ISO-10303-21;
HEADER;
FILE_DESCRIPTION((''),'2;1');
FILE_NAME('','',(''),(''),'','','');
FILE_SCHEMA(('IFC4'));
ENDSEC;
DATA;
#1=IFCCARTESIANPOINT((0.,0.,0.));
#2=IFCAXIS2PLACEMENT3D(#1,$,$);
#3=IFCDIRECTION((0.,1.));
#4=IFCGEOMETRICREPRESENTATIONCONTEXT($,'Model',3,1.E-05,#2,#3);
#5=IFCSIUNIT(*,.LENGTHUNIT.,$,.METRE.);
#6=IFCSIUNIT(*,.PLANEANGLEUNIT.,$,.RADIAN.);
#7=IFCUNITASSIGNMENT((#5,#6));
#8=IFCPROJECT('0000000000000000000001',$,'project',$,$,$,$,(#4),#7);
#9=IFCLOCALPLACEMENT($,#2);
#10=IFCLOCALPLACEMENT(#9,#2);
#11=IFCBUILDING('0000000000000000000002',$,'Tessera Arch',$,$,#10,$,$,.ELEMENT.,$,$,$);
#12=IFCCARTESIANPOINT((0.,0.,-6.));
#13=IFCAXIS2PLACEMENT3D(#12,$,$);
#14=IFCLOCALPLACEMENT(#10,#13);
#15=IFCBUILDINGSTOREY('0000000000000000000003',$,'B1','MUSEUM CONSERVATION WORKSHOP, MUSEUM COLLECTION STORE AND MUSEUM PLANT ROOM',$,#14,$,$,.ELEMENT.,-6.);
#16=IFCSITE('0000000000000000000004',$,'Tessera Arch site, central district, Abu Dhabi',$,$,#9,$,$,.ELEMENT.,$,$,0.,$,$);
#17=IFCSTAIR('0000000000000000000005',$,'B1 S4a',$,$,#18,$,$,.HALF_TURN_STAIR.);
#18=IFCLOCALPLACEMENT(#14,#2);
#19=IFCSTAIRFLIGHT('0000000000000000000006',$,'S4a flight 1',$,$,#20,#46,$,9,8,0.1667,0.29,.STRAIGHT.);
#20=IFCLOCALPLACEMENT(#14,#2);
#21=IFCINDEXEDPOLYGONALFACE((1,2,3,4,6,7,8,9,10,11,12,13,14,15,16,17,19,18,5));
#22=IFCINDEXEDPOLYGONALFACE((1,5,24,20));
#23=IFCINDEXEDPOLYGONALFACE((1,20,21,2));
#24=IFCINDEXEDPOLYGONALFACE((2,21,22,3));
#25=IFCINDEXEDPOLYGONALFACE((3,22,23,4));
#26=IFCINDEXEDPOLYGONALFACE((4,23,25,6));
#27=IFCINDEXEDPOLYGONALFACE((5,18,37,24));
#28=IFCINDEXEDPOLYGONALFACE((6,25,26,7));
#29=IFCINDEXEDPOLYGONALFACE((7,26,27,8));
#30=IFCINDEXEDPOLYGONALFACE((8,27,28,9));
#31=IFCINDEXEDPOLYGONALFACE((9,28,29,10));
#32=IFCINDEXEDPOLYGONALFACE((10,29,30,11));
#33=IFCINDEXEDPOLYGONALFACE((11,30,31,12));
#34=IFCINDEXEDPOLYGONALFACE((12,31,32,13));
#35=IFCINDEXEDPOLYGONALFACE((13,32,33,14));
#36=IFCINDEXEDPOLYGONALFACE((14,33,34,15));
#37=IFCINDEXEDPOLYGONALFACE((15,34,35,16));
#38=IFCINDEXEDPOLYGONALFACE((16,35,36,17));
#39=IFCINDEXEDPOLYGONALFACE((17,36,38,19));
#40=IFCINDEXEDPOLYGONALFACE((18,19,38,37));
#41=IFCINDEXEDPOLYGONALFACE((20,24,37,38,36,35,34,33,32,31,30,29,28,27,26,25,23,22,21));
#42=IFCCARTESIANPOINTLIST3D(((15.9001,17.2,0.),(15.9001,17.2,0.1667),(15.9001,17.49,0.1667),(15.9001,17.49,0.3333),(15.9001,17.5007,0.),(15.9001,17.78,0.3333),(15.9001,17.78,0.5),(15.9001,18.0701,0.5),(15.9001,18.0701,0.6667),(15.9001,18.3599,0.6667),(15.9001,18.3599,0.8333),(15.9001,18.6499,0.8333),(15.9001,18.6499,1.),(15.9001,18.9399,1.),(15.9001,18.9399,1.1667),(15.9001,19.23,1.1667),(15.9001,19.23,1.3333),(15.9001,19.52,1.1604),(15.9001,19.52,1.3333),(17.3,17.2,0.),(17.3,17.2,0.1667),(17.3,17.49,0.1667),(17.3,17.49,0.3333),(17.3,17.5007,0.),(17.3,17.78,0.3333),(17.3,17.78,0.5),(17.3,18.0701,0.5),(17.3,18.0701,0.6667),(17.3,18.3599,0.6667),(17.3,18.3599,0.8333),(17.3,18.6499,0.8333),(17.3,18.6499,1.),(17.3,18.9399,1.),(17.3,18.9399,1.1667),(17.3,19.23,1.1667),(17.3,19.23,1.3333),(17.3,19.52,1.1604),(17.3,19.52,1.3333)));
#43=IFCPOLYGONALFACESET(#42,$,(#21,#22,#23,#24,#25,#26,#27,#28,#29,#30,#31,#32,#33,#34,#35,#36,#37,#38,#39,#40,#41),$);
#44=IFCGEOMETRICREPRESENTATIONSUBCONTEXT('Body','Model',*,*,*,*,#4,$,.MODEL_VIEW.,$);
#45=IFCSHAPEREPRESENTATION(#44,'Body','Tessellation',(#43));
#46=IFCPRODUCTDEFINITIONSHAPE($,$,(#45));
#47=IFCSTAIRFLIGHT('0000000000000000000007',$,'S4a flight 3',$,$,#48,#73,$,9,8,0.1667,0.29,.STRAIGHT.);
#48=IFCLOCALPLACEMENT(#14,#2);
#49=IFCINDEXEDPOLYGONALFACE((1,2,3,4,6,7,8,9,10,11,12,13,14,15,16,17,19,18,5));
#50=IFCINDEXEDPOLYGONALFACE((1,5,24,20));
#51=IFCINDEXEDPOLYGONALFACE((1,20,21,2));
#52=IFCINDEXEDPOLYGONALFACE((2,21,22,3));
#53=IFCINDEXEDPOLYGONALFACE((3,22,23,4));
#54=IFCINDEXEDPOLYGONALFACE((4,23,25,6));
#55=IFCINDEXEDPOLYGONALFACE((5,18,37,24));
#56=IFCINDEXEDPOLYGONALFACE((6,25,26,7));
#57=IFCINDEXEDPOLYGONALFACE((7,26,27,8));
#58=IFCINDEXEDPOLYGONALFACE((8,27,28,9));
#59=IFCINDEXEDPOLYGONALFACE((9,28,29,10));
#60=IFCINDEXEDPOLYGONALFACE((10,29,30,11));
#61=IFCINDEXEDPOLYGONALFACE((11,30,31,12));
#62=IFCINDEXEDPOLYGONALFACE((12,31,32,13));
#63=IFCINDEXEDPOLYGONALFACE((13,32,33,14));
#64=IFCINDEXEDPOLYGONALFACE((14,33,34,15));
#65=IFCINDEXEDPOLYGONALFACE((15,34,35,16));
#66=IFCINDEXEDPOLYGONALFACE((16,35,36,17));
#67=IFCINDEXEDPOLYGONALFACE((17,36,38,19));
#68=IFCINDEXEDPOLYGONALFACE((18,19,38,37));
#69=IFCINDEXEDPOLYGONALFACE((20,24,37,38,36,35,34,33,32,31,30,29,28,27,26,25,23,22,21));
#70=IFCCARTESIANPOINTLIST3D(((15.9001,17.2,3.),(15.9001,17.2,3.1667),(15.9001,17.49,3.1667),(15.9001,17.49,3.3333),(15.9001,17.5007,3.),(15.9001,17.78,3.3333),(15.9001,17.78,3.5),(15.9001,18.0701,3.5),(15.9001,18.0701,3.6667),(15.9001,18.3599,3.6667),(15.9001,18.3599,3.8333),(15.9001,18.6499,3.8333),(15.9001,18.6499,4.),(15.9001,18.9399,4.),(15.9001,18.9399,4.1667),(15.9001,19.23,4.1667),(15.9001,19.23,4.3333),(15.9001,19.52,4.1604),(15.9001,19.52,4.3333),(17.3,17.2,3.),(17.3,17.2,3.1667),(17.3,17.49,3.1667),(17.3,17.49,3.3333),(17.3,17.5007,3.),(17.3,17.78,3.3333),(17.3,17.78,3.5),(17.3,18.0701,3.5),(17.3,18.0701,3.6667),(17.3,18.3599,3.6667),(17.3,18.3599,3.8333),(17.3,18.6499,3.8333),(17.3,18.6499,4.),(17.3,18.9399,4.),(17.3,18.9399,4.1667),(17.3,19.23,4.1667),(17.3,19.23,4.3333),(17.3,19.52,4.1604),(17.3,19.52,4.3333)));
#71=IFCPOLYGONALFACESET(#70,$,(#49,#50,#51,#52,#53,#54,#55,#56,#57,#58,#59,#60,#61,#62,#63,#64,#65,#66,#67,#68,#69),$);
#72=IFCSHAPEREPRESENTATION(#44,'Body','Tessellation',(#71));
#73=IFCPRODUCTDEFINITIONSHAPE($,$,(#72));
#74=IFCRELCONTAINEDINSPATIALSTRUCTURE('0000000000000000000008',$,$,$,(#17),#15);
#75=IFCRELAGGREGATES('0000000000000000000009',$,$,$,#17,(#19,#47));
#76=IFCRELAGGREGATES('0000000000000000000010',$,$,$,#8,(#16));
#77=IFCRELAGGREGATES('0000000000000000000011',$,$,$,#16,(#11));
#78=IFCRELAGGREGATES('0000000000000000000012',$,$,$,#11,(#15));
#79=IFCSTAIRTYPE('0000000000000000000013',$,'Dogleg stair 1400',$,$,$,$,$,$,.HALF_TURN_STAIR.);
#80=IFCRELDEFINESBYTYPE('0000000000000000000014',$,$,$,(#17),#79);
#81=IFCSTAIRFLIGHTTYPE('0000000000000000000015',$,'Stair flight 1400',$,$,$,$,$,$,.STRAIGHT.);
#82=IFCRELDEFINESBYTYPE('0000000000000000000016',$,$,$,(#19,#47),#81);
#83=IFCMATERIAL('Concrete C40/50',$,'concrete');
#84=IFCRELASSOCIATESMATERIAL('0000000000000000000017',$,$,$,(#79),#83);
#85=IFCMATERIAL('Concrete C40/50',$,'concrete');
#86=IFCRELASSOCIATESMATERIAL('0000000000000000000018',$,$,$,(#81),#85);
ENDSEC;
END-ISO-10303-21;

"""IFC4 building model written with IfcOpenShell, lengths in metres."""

from ifc_helpers import new_model, si_unit, direction, frame, origin, place, context, subcontext, project, spatial, polyline, outline, extrude, material, type_object, element, aggregate, save


model = new_model("IFC4")

# Units and contexts
model_context = context("Model", 3, precision=1e-05, world=origin(), true_north=direction((0.0, 1.0)))
body_context = subcontext(model_context, "Body", "Model", "MODEL_VIEW")
ifc_project = project(units=[si_unit("LENGTHUNIT", "METRE"), si_unit("PLANEANGLEUNIT", "RADIAN")], contexts=[model_context])

# Site, building, storey
site_placement = place(None, origin())
site = spatial("IfcSite", under=ifc_project, at=site_placement, Name="Tessera Arch site, central district, Abu Dhabi", CompositionType="ELEMENT", RefElevation=0.0)
building_placement = place(site_placement, origin())
building = spatial("IfcBuilding", under=site, at=building_placement, Name="Tessera Arch", CompositionType="ELEMENT")
storey_placement = place(building_placement, frame((0.0, 0.0, -6.0)))
storey = spatial("IfcBuildingStorey", under=building, at=storey_placement, Name="B1", Description="MUSEUM CONSERVATION WORKSHOP, MUSEUM COLLECTION STORE AND MUSEUM PLANT ROOM", CompositionType="ELEMENT", Elevation=-6.0)

# Stair, stair flights
ifc_material_1 = material(Name="Concrete C40/50", Category="concrete")
stair_type = type_object("IfcStairType", Name="Dogleg stair 1400", PredefinedType="HALF_TURN_STAIR", material=ifc_material_1)
stair_placement = place(storey_placement, origin())
stair = element("IfcStair", 1, at=stair_placement, inside=storey, type_object=stair_type, Name="B1 S4a", PredefinedType="HALF_TURN_STAIR")
ifc_material_2 = material(Name="Concrete C40/50", Category="concrete")
stair_flight_type = type_object("IfcStairFlightType", Name="Stair flight 1400", PredefinedType="STRAIGHT", material=ifc_material_2)
stair_flight_1_placement = place(storey_placement, frame((16.6001, 17.2, 0.0), z_axis=(0.0, 0.0, 1.0), x_axis=(0.0, 1.0, 0.0)))
stair_flight_1 = element("IfcStairFlight", 2, at=stair_flight_1_placement, type_object=stair_flight_type, Name="S4a flight 1", NumberOfRisers=9, NumberOfTreads=8, PredefinedType="STRAIGHT", RiserHeight=0.1667, TreadLength=0.29, context=body_context, shape_type="SweptSolid", body=[
    extrude(outline(polyline([(0.0, 0.0), (0.0, 0.1667), (0.29, 0.1667), (0.29, 0.3333), (0.5801, 0.3333), (0.5801, 0.5), (0.8701, 0.5), (0.8701, 0.6667), (1.1599, 0.6667), (1.1599, 0.8333), (1.45, 0.8333), (1.45, 1.0), (1.74, 1.0), (1.74, 1.1667), (2.03, 1.1667), (2.03, 1.3333), (2.3201, 1.3333), (2.3201, 1.5), (2.3201, 1.1604), (0.3008, 0.0), (0.0, 0.0)])), frame((0.0, 0.7, 0.0), z_axis=(0.0, -1.0, 0.0), x_axis=(1.0, 0.0, 0.0)), (0.0, 0.0, 1.0), 1.3999),
])
stair_flight_2_placement = place(storey_placement, frame((16.6001, 17.2, 3.0), z_axis=(0.0, 0.0, 1.0), x_axis=(0.0, 1.0, 0.0)))
stair_flight_2 = element("IfcStairFlight", 3, at=stair_flight_2_placement, type_object=stair_flight_type, Name="S4a flight 3", NumberOfRisers=9, NumberOfTreads=8, PredefinedType="STRAIGHT", RiserHeight=0.1667, TreadLength=0.29, context=body_context, shape_type="SweptSolid", body=[
    extrude(outline(polyline([(0.0, 0.0), (0.0, 0.1667), (0.29, 0.1667), (0.29, 0.3333), (0.5801, 0.3333), (0.5801, 0.5), (0.8701, 0.5), (0.8701, 0.6667), (1.1599, 0.6667), (1.1599, 0.8333), (1.45, 0.8333), (1.45, 1.0), (1.74, 1.0), (1.74, 1.1667), (2.03, 1.1667), (2.03, 1.3333), (2.3201, 1.3333), (2.3201, 1.5), (2.3201, 1.1604), (0.3008, 0.0), (0.0, 0.0)])), frame((0.0, 0.7, 0.0), z_axis=(0.0, -1.0, 0.0), x_axis=(1.0, 0.0, 0.0)), (0.0, 0.0, 1.0), 1.3999),
])
aggregate(stair, [stair_flight_1, stair_flight_2])

save(model, "model.ifc")
